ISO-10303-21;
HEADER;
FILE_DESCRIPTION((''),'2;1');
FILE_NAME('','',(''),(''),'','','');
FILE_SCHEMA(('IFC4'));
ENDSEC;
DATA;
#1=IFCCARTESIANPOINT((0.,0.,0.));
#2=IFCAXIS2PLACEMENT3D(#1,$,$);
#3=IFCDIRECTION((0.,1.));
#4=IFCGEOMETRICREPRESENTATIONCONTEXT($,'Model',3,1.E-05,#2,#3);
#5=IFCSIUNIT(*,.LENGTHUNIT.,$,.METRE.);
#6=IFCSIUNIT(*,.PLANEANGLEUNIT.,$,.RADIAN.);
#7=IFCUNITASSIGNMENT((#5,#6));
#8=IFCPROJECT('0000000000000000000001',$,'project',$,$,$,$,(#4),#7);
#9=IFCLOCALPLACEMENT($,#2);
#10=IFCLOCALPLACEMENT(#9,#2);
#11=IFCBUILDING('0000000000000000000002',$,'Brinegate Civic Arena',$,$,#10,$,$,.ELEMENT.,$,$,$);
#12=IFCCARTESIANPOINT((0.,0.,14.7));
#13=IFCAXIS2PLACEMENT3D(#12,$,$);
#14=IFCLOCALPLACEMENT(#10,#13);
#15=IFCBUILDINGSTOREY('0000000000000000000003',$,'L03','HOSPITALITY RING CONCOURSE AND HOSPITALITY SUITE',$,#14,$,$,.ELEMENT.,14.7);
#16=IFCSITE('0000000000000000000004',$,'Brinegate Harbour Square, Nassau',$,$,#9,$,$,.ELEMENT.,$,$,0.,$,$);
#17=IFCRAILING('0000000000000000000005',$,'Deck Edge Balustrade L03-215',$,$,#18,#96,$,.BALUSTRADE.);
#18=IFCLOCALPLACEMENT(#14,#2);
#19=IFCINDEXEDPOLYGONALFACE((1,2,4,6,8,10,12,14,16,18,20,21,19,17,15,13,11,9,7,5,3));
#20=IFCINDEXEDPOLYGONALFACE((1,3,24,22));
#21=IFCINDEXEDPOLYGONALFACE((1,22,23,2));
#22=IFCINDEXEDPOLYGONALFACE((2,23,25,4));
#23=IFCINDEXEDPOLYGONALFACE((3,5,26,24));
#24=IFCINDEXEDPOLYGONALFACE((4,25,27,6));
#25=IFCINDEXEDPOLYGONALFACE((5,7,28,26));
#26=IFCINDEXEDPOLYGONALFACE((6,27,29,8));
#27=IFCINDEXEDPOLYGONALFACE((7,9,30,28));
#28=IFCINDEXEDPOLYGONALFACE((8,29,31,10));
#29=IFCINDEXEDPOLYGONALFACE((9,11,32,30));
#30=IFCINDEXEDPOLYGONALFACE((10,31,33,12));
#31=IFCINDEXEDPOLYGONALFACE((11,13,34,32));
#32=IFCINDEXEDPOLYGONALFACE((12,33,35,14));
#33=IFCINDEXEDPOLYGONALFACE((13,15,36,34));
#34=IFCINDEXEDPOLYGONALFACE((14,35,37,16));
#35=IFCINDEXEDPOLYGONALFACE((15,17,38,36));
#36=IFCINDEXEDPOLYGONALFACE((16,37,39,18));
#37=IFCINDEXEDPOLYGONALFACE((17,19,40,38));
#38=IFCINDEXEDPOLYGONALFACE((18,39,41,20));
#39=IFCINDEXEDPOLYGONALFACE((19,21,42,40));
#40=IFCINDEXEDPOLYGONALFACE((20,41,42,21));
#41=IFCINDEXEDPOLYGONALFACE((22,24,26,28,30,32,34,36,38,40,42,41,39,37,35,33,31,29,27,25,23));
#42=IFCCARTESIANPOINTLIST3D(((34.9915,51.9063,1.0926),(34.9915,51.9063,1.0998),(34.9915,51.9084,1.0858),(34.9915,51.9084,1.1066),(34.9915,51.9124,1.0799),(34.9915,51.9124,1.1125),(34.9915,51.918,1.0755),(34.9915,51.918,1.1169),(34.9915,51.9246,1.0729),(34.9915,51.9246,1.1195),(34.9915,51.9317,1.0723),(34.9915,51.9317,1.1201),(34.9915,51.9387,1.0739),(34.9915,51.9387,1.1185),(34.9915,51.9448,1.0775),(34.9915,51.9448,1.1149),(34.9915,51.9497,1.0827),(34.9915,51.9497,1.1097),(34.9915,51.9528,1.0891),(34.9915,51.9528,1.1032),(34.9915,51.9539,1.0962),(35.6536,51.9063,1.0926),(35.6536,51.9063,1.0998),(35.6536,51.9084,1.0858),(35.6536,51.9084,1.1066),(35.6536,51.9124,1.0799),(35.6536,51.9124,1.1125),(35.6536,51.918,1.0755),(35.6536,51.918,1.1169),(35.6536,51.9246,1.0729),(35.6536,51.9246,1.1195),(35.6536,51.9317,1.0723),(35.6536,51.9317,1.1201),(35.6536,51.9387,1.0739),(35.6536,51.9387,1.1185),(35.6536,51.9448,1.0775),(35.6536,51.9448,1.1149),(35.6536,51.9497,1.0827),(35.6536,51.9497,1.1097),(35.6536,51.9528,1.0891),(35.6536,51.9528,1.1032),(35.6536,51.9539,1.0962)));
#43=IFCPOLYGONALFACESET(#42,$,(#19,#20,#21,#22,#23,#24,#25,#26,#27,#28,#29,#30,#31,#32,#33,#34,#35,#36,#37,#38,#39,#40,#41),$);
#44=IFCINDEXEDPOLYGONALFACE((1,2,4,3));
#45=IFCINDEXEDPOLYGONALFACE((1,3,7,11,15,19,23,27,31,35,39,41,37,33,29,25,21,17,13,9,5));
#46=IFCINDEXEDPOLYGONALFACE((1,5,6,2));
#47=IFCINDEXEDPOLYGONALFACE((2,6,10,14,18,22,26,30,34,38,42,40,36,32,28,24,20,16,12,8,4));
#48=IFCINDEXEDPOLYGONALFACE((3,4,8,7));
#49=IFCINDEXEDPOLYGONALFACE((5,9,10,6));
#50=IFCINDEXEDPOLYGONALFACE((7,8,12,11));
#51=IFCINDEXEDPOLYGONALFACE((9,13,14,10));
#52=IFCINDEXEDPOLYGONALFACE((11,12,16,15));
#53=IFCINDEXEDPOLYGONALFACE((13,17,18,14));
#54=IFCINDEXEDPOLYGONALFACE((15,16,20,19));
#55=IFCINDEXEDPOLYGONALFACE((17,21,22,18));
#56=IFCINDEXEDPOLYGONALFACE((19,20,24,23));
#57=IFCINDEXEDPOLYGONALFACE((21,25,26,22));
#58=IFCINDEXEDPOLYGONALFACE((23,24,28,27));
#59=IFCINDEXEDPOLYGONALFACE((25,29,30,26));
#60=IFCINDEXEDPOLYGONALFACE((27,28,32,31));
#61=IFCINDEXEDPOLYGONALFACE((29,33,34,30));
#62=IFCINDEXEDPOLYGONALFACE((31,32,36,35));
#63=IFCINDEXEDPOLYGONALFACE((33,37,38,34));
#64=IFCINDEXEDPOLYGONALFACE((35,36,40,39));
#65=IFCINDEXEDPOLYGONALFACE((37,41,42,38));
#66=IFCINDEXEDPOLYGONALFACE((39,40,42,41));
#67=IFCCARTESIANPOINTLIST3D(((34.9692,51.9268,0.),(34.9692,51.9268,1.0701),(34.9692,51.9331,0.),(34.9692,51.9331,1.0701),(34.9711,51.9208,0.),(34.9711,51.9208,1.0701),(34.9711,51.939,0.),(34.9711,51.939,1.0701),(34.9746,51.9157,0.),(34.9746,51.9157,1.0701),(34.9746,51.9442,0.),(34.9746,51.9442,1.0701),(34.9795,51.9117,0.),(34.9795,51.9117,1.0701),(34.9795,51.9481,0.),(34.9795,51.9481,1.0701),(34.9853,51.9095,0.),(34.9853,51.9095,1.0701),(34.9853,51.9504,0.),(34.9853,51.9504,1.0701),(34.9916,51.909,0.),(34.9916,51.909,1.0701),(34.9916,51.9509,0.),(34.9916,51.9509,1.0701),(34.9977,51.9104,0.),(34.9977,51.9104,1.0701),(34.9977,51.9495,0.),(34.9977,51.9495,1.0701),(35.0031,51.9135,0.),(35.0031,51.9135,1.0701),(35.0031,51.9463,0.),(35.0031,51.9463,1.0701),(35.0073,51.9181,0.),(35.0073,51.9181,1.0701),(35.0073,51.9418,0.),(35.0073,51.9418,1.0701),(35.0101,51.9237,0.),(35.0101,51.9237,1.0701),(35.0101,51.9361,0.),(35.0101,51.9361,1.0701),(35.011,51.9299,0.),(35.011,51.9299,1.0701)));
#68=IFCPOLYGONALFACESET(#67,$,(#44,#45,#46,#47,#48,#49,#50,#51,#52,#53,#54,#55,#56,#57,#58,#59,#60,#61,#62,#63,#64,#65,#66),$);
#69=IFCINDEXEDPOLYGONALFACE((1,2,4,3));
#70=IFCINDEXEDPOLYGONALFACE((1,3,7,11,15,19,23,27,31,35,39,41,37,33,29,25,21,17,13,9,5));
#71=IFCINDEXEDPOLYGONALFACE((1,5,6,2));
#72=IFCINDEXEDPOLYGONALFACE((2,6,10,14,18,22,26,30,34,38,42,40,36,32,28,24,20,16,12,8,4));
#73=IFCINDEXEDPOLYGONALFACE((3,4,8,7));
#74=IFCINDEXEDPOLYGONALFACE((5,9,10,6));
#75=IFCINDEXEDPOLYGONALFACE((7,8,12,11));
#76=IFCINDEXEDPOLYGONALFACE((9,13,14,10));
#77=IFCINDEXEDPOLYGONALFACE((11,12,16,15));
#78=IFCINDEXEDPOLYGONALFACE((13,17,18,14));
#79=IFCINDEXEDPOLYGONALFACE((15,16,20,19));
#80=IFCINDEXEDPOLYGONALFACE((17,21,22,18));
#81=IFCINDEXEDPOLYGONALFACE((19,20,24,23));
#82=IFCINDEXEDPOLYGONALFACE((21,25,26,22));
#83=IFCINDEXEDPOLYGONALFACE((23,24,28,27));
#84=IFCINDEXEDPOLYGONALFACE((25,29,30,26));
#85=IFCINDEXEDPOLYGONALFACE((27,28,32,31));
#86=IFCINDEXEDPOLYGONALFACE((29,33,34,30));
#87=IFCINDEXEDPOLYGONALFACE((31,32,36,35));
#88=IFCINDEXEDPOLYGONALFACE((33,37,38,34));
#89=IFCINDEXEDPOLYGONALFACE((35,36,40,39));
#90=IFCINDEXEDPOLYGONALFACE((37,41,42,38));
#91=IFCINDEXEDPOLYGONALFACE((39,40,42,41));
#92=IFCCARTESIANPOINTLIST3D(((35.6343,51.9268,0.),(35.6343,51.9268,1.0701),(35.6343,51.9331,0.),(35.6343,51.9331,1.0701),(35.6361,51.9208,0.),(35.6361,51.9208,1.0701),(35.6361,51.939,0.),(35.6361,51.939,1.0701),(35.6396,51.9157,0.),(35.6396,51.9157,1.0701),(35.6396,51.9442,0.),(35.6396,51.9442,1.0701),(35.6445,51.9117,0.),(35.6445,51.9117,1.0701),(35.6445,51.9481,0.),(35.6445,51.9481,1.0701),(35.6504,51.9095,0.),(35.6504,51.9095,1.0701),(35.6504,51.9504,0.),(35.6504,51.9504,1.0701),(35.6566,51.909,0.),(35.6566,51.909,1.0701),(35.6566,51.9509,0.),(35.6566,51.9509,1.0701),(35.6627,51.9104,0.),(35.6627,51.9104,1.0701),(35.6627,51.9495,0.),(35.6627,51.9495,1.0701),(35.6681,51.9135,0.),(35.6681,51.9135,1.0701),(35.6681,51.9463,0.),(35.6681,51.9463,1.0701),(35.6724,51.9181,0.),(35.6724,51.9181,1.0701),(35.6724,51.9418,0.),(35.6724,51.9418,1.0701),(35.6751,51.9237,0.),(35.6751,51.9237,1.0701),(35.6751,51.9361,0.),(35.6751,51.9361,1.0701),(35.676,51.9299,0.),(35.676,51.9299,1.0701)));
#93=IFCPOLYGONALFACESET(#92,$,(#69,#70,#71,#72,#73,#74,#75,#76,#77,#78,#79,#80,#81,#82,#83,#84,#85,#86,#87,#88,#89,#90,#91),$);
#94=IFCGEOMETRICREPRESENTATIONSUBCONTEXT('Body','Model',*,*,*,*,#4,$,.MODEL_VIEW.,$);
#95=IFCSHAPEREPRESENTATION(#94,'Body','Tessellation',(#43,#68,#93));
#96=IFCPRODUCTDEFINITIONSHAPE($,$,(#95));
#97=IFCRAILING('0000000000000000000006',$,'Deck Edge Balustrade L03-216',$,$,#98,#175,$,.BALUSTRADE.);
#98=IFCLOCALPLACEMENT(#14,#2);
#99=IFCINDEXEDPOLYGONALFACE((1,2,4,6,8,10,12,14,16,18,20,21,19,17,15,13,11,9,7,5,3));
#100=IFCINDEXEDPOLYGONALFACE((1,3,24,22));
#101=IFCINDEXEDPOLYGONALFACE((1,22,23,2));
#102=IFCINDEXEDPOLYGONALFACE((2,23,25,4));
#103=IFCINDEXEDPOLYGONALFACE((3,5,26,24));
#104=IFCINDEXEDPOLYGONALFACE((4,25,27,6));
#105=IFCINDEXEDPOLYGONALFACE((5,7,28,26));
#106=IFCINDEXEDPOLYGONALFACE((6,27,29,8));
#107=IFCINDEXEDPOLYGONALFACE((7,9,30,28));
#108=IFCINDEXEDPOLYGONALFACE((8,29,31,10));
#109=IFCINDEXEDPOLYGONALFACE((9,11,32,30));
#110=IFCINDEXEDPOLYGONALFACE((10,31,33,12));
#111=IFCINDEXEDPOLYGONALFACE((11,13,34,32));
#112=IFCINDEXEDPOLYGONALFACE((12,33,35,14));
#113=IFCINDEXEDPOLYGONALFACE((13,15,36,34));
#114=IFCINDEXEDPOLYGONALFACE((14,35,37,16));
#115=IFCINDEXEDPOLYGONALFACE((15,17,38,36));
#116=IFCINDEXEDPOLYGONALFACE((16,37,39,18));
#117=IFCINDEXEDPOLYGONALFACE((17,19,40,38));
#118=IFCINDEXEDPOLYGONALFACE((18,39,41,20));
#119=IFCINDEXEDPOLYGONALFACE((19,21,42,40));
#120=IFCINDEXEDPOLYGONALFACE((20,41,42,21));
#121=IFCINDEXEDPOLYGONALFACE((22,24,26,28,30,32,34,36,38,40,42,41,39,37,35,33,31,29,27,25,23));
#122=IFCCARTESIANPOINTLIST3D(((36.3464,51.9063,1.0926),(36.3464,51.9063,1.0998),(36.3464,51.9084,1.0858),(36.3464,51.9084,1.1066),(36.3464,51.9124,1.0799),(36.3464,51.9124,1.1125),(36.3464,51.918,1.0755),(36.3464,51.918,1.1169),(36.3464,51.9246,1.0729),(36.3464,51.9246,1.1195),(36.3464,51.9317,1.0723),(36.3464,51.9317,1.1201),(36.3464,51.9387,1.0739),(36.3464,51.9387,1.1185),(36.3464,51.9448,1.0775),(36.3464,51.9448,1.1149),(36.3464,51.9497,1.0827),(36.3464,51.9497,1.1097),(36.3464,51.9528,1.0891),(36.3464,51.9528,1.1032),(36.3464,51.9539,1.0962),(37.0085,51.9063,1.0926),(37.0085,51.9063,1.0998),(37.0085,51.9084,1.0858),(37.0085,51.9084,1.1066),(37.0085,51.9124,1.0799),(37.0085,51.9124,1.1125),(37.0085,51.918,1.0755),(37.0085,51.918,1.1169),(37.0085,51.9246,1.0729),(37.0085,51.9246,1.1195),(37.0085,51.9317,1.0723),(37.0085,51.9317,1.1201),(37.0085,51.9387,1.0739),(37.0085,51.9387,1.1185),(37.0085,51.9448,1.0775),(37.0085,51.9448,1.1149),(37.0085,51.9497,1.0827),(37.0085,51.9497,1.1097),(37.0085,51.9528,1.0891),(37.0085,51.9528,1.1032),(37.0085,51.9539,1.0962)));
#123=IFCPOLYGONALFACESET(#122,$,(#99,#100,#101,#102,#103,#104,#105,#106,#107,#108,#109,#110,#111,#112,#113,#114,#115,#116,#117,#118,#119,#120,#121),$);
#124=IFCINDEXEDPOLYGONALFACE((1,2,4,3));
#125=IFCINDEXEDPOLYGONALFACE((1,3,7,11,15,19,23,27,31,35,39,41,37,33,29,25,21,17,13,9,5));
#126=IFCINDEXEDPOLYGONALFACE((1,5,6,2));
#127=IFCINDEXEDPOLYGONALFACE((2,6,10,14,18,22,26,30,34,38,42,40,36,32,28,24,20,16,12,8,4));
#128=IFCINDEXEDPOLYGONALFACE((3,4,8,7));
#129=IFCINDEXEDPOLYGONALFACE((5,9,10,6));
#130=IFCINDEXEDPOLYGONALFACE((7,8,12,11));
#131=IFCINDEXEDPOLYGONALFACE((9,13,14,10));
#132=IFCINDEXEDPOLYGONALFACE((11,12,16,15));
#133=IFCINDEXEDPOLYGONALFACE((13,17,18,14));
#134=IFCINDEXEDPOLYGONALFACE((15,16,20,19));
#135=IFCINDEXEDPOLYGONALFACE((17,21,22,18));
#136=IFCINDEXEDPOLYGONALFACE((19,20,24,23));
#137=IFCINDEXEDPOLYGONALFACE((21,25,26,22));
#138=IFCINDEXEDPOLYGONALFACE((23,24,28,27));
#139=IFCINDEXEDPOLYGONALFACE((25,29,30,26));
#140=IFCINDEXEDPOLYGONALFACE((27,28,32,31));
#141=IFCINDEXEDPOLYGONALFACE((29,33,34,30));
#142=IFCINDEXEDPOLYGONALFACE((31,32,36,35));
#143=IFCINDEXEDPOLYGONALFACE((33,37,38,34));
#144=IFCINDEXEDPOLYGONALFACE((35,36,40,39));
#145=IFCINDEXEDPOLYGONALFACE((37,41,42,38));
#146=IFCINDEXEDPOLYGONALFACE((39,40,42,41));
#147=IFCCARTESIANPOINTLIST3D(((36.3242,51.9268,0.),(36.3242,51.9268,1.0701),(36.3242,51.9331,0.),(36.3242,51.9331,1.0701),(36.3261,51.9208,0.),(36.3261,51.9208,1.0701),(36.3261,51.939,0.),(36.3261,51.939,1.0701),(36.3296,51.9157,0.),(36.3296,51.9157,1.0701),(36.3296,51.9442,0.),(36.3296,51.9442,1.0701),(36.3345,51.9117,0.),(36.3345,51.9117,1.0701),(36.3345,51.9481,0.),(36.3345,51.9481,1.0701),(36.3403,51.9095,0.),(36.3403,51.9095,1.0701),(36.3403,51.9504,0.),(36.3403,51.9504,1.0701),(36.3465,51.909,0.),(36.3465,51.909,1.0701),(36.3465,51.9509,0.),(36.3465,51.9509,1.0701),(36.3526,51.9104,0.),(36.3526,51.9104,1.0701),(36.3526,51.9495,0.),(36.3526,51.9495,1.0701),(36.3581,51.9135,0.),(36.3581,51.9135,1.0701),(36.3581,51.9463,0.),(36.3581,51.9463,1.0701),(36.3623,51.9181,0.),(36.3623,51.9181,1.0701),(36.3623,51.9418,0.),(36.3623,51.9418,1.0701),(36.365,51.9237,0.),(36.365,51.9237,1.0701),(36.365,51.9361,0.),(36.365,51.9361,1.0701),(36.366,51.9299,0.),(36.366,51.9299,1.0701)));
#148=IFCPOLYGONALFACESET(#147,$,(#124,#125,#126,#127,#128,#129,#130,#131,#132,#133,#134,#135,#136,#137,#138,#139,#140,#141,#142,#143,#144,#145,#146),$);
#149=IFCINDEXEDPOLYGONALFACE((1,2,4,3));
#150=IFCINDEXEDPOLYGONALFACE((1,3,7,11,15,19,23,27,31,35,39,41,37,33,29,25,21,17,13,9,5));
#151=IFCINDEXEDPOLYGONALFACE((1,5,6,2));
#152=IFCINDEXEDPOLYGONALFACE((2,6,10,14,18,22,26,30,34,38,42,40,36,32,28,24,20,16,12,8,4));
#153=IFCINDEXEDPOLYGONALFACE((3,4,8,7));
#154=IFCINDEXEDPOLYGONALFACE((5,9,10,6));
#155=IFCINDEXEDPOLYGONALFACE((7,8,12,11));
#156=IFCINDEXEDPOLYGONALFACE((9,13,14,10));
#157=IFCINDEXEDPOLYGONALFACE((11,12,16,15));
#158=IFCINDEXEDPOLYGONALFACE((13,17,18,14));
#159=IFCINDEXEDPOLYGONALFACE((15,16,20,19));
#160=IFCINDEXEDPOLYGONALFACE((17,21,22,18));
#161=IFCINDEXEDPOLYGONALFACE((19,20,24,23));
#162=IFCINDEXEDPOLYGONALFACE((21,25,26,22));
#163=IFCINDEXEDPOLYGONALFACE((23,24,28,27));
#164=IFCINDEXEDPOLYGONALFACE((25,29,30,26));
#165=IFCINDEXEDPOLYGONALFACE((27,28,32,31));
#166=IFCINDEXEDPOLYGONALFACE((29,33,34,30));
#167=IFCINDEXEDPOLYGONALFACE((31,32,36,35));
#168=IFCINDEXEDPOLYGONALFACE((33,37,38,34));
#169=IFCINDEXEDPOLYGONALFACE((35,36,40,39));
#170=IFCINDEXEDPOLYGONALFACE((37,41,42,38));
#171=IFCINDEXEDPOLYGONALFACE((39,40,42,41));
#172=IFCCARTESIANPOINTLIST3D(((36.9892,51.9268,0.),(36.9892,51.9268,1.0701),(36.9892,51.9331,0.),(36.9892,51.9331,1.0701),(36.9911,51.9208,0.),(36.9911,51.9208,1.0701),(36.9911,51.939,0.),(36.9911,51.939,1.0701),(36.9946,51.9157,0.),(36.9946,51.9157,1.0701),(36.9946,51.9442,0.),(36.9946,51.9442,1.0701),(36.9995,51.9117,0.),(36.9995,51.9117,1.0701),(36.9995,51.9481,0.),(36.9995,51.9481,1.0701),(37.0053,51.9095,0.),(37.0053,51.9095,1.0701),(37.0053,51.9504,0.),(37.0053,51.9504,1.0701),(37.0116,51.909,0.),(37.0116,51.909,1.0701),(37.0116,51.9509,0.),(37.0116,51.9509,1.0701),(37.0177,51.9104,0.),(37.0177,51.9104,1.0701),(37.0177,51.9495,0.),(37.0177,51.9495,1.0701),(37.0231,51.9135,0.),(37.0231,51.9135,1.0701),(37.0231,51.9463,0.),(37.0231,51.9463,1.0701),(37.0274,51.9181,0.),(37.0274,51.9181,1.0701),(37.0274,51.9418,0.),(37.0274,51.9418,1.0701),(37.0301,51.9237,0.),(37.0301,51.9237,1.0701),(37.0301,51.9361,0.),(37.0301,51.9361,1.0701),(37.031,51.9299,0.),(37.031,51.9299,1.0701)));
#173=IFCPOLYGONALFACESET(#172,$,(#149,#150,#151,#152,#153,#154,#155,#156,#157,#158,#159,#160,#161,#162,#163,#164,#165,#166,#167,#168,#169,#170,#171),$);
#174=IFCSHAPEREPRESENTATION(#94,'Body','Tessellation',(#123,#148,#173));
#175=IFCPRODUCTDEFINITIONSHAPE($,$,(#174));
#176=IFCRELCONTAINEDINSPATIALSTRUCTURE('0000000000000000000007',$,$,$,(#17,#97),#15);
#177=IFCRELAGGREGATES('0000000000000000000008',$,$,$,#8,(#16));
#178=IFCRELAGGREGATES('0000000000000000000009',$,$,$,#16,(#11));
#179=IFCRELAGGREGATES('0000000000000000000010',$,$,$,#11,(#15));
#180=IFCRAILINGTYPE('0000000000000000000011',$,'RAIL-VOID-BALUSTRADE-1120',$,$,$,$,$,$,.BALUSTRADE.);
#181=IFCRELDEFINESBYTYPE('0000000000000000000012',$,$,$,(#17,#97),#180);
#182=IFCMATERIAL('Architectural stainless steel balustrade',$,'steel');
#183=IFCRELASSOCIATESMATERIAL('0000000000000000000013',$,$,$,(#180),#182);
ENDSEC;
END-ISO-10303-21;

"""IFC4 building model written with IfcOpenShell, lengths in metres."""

from ifc_helpers import new_model, si_unit, direction, frame, origin, origin_2d, place, context, subcontext, project, spatial, circle, extrude, material, type_object, element, save


model = new_model("IFC4")

# Units and contexts
model_context = context("Model", 3, precision=1e-05, world=origin(), true_north=direction((0.0, 1.0)))
body_context = subcontext(model_context, "Body", "Model", "MODEL_VIEW")
ifc_project = project(units=[si_unit("LENGTHUNIT", "METRE"), si_unit("PLANEANGLEUNIT", "RADIAN")], contexts=[model_context])

# Site, building, storey
site_placement = place(None, origin())
site = spatial("IfcSite", under=ifc_project, at=site_placement, Name="Brinegate Harbour Square, Nassau", CompositionType="ELEMENT", RefElevation=0.0)
building_placement = place(site_placement, origin())
building = spatial("IfcBuilding", under=site, at=building_placement, Name="Brinegate Civic Arena", CompositionType="ELEMENT")
storey_placement = place(building_placement, frame((0.0, 0.0, 14.7)))
storey = spatial("IfcBuildingStorey", under=building, at=storey_placement, Name="L03", Description="HOSPITALITY RING CONCOURSE AND HOSPITALITY SUITE", CompositionType="ELEMENT", Elevation=14.7)

# Railings
ifc_material_1 = material(Name="Architectural stainless steel balustrade", Category="steel")
railing_type = type_object("IfcRailingType", Name="RAIL-VOID-BALUSTRADE-1120", PredefinedType="BALUSTRADE", material=ifc_material_1)
for number, where, name in (
    (1, (34.99, 51.9299, 0.0), "Deck Edge Balustrade L03-215"),
    (2, (36.345, 51.9299, 0.0), "Deck Edge Balustrade L03-216"),
):
    element("IfcRailing", number, at=place(storey_placement, frame(where)), inside=storey, type_object=railing_type, Name=name, PredefinedType="BALUSTRADE", context=body_context, shape_type="SweptSolid", body=[
        extrude(circle(Radius=0.0239, at=origin_2d()), frame((0.0015, 0.0, 1.0962), z_axis=(1.0, 0.0, 0.0), x_axis=(0.0, 1.0, 0.0)), (0.0, 0.0, 1.0), 0.6621),
        extrude(circle(Radius=0.021, at=origin_2d()), origin(), (0.0, 0.0, 1.0), 1.0701),
        extrude(circle(Radius=0.021, at=origin_2d()), frame((0.665, 0.0, 0.0)), (0.0, 0.0, 1.0), 1.0701),
    ])

save(model, "model.ifc")
